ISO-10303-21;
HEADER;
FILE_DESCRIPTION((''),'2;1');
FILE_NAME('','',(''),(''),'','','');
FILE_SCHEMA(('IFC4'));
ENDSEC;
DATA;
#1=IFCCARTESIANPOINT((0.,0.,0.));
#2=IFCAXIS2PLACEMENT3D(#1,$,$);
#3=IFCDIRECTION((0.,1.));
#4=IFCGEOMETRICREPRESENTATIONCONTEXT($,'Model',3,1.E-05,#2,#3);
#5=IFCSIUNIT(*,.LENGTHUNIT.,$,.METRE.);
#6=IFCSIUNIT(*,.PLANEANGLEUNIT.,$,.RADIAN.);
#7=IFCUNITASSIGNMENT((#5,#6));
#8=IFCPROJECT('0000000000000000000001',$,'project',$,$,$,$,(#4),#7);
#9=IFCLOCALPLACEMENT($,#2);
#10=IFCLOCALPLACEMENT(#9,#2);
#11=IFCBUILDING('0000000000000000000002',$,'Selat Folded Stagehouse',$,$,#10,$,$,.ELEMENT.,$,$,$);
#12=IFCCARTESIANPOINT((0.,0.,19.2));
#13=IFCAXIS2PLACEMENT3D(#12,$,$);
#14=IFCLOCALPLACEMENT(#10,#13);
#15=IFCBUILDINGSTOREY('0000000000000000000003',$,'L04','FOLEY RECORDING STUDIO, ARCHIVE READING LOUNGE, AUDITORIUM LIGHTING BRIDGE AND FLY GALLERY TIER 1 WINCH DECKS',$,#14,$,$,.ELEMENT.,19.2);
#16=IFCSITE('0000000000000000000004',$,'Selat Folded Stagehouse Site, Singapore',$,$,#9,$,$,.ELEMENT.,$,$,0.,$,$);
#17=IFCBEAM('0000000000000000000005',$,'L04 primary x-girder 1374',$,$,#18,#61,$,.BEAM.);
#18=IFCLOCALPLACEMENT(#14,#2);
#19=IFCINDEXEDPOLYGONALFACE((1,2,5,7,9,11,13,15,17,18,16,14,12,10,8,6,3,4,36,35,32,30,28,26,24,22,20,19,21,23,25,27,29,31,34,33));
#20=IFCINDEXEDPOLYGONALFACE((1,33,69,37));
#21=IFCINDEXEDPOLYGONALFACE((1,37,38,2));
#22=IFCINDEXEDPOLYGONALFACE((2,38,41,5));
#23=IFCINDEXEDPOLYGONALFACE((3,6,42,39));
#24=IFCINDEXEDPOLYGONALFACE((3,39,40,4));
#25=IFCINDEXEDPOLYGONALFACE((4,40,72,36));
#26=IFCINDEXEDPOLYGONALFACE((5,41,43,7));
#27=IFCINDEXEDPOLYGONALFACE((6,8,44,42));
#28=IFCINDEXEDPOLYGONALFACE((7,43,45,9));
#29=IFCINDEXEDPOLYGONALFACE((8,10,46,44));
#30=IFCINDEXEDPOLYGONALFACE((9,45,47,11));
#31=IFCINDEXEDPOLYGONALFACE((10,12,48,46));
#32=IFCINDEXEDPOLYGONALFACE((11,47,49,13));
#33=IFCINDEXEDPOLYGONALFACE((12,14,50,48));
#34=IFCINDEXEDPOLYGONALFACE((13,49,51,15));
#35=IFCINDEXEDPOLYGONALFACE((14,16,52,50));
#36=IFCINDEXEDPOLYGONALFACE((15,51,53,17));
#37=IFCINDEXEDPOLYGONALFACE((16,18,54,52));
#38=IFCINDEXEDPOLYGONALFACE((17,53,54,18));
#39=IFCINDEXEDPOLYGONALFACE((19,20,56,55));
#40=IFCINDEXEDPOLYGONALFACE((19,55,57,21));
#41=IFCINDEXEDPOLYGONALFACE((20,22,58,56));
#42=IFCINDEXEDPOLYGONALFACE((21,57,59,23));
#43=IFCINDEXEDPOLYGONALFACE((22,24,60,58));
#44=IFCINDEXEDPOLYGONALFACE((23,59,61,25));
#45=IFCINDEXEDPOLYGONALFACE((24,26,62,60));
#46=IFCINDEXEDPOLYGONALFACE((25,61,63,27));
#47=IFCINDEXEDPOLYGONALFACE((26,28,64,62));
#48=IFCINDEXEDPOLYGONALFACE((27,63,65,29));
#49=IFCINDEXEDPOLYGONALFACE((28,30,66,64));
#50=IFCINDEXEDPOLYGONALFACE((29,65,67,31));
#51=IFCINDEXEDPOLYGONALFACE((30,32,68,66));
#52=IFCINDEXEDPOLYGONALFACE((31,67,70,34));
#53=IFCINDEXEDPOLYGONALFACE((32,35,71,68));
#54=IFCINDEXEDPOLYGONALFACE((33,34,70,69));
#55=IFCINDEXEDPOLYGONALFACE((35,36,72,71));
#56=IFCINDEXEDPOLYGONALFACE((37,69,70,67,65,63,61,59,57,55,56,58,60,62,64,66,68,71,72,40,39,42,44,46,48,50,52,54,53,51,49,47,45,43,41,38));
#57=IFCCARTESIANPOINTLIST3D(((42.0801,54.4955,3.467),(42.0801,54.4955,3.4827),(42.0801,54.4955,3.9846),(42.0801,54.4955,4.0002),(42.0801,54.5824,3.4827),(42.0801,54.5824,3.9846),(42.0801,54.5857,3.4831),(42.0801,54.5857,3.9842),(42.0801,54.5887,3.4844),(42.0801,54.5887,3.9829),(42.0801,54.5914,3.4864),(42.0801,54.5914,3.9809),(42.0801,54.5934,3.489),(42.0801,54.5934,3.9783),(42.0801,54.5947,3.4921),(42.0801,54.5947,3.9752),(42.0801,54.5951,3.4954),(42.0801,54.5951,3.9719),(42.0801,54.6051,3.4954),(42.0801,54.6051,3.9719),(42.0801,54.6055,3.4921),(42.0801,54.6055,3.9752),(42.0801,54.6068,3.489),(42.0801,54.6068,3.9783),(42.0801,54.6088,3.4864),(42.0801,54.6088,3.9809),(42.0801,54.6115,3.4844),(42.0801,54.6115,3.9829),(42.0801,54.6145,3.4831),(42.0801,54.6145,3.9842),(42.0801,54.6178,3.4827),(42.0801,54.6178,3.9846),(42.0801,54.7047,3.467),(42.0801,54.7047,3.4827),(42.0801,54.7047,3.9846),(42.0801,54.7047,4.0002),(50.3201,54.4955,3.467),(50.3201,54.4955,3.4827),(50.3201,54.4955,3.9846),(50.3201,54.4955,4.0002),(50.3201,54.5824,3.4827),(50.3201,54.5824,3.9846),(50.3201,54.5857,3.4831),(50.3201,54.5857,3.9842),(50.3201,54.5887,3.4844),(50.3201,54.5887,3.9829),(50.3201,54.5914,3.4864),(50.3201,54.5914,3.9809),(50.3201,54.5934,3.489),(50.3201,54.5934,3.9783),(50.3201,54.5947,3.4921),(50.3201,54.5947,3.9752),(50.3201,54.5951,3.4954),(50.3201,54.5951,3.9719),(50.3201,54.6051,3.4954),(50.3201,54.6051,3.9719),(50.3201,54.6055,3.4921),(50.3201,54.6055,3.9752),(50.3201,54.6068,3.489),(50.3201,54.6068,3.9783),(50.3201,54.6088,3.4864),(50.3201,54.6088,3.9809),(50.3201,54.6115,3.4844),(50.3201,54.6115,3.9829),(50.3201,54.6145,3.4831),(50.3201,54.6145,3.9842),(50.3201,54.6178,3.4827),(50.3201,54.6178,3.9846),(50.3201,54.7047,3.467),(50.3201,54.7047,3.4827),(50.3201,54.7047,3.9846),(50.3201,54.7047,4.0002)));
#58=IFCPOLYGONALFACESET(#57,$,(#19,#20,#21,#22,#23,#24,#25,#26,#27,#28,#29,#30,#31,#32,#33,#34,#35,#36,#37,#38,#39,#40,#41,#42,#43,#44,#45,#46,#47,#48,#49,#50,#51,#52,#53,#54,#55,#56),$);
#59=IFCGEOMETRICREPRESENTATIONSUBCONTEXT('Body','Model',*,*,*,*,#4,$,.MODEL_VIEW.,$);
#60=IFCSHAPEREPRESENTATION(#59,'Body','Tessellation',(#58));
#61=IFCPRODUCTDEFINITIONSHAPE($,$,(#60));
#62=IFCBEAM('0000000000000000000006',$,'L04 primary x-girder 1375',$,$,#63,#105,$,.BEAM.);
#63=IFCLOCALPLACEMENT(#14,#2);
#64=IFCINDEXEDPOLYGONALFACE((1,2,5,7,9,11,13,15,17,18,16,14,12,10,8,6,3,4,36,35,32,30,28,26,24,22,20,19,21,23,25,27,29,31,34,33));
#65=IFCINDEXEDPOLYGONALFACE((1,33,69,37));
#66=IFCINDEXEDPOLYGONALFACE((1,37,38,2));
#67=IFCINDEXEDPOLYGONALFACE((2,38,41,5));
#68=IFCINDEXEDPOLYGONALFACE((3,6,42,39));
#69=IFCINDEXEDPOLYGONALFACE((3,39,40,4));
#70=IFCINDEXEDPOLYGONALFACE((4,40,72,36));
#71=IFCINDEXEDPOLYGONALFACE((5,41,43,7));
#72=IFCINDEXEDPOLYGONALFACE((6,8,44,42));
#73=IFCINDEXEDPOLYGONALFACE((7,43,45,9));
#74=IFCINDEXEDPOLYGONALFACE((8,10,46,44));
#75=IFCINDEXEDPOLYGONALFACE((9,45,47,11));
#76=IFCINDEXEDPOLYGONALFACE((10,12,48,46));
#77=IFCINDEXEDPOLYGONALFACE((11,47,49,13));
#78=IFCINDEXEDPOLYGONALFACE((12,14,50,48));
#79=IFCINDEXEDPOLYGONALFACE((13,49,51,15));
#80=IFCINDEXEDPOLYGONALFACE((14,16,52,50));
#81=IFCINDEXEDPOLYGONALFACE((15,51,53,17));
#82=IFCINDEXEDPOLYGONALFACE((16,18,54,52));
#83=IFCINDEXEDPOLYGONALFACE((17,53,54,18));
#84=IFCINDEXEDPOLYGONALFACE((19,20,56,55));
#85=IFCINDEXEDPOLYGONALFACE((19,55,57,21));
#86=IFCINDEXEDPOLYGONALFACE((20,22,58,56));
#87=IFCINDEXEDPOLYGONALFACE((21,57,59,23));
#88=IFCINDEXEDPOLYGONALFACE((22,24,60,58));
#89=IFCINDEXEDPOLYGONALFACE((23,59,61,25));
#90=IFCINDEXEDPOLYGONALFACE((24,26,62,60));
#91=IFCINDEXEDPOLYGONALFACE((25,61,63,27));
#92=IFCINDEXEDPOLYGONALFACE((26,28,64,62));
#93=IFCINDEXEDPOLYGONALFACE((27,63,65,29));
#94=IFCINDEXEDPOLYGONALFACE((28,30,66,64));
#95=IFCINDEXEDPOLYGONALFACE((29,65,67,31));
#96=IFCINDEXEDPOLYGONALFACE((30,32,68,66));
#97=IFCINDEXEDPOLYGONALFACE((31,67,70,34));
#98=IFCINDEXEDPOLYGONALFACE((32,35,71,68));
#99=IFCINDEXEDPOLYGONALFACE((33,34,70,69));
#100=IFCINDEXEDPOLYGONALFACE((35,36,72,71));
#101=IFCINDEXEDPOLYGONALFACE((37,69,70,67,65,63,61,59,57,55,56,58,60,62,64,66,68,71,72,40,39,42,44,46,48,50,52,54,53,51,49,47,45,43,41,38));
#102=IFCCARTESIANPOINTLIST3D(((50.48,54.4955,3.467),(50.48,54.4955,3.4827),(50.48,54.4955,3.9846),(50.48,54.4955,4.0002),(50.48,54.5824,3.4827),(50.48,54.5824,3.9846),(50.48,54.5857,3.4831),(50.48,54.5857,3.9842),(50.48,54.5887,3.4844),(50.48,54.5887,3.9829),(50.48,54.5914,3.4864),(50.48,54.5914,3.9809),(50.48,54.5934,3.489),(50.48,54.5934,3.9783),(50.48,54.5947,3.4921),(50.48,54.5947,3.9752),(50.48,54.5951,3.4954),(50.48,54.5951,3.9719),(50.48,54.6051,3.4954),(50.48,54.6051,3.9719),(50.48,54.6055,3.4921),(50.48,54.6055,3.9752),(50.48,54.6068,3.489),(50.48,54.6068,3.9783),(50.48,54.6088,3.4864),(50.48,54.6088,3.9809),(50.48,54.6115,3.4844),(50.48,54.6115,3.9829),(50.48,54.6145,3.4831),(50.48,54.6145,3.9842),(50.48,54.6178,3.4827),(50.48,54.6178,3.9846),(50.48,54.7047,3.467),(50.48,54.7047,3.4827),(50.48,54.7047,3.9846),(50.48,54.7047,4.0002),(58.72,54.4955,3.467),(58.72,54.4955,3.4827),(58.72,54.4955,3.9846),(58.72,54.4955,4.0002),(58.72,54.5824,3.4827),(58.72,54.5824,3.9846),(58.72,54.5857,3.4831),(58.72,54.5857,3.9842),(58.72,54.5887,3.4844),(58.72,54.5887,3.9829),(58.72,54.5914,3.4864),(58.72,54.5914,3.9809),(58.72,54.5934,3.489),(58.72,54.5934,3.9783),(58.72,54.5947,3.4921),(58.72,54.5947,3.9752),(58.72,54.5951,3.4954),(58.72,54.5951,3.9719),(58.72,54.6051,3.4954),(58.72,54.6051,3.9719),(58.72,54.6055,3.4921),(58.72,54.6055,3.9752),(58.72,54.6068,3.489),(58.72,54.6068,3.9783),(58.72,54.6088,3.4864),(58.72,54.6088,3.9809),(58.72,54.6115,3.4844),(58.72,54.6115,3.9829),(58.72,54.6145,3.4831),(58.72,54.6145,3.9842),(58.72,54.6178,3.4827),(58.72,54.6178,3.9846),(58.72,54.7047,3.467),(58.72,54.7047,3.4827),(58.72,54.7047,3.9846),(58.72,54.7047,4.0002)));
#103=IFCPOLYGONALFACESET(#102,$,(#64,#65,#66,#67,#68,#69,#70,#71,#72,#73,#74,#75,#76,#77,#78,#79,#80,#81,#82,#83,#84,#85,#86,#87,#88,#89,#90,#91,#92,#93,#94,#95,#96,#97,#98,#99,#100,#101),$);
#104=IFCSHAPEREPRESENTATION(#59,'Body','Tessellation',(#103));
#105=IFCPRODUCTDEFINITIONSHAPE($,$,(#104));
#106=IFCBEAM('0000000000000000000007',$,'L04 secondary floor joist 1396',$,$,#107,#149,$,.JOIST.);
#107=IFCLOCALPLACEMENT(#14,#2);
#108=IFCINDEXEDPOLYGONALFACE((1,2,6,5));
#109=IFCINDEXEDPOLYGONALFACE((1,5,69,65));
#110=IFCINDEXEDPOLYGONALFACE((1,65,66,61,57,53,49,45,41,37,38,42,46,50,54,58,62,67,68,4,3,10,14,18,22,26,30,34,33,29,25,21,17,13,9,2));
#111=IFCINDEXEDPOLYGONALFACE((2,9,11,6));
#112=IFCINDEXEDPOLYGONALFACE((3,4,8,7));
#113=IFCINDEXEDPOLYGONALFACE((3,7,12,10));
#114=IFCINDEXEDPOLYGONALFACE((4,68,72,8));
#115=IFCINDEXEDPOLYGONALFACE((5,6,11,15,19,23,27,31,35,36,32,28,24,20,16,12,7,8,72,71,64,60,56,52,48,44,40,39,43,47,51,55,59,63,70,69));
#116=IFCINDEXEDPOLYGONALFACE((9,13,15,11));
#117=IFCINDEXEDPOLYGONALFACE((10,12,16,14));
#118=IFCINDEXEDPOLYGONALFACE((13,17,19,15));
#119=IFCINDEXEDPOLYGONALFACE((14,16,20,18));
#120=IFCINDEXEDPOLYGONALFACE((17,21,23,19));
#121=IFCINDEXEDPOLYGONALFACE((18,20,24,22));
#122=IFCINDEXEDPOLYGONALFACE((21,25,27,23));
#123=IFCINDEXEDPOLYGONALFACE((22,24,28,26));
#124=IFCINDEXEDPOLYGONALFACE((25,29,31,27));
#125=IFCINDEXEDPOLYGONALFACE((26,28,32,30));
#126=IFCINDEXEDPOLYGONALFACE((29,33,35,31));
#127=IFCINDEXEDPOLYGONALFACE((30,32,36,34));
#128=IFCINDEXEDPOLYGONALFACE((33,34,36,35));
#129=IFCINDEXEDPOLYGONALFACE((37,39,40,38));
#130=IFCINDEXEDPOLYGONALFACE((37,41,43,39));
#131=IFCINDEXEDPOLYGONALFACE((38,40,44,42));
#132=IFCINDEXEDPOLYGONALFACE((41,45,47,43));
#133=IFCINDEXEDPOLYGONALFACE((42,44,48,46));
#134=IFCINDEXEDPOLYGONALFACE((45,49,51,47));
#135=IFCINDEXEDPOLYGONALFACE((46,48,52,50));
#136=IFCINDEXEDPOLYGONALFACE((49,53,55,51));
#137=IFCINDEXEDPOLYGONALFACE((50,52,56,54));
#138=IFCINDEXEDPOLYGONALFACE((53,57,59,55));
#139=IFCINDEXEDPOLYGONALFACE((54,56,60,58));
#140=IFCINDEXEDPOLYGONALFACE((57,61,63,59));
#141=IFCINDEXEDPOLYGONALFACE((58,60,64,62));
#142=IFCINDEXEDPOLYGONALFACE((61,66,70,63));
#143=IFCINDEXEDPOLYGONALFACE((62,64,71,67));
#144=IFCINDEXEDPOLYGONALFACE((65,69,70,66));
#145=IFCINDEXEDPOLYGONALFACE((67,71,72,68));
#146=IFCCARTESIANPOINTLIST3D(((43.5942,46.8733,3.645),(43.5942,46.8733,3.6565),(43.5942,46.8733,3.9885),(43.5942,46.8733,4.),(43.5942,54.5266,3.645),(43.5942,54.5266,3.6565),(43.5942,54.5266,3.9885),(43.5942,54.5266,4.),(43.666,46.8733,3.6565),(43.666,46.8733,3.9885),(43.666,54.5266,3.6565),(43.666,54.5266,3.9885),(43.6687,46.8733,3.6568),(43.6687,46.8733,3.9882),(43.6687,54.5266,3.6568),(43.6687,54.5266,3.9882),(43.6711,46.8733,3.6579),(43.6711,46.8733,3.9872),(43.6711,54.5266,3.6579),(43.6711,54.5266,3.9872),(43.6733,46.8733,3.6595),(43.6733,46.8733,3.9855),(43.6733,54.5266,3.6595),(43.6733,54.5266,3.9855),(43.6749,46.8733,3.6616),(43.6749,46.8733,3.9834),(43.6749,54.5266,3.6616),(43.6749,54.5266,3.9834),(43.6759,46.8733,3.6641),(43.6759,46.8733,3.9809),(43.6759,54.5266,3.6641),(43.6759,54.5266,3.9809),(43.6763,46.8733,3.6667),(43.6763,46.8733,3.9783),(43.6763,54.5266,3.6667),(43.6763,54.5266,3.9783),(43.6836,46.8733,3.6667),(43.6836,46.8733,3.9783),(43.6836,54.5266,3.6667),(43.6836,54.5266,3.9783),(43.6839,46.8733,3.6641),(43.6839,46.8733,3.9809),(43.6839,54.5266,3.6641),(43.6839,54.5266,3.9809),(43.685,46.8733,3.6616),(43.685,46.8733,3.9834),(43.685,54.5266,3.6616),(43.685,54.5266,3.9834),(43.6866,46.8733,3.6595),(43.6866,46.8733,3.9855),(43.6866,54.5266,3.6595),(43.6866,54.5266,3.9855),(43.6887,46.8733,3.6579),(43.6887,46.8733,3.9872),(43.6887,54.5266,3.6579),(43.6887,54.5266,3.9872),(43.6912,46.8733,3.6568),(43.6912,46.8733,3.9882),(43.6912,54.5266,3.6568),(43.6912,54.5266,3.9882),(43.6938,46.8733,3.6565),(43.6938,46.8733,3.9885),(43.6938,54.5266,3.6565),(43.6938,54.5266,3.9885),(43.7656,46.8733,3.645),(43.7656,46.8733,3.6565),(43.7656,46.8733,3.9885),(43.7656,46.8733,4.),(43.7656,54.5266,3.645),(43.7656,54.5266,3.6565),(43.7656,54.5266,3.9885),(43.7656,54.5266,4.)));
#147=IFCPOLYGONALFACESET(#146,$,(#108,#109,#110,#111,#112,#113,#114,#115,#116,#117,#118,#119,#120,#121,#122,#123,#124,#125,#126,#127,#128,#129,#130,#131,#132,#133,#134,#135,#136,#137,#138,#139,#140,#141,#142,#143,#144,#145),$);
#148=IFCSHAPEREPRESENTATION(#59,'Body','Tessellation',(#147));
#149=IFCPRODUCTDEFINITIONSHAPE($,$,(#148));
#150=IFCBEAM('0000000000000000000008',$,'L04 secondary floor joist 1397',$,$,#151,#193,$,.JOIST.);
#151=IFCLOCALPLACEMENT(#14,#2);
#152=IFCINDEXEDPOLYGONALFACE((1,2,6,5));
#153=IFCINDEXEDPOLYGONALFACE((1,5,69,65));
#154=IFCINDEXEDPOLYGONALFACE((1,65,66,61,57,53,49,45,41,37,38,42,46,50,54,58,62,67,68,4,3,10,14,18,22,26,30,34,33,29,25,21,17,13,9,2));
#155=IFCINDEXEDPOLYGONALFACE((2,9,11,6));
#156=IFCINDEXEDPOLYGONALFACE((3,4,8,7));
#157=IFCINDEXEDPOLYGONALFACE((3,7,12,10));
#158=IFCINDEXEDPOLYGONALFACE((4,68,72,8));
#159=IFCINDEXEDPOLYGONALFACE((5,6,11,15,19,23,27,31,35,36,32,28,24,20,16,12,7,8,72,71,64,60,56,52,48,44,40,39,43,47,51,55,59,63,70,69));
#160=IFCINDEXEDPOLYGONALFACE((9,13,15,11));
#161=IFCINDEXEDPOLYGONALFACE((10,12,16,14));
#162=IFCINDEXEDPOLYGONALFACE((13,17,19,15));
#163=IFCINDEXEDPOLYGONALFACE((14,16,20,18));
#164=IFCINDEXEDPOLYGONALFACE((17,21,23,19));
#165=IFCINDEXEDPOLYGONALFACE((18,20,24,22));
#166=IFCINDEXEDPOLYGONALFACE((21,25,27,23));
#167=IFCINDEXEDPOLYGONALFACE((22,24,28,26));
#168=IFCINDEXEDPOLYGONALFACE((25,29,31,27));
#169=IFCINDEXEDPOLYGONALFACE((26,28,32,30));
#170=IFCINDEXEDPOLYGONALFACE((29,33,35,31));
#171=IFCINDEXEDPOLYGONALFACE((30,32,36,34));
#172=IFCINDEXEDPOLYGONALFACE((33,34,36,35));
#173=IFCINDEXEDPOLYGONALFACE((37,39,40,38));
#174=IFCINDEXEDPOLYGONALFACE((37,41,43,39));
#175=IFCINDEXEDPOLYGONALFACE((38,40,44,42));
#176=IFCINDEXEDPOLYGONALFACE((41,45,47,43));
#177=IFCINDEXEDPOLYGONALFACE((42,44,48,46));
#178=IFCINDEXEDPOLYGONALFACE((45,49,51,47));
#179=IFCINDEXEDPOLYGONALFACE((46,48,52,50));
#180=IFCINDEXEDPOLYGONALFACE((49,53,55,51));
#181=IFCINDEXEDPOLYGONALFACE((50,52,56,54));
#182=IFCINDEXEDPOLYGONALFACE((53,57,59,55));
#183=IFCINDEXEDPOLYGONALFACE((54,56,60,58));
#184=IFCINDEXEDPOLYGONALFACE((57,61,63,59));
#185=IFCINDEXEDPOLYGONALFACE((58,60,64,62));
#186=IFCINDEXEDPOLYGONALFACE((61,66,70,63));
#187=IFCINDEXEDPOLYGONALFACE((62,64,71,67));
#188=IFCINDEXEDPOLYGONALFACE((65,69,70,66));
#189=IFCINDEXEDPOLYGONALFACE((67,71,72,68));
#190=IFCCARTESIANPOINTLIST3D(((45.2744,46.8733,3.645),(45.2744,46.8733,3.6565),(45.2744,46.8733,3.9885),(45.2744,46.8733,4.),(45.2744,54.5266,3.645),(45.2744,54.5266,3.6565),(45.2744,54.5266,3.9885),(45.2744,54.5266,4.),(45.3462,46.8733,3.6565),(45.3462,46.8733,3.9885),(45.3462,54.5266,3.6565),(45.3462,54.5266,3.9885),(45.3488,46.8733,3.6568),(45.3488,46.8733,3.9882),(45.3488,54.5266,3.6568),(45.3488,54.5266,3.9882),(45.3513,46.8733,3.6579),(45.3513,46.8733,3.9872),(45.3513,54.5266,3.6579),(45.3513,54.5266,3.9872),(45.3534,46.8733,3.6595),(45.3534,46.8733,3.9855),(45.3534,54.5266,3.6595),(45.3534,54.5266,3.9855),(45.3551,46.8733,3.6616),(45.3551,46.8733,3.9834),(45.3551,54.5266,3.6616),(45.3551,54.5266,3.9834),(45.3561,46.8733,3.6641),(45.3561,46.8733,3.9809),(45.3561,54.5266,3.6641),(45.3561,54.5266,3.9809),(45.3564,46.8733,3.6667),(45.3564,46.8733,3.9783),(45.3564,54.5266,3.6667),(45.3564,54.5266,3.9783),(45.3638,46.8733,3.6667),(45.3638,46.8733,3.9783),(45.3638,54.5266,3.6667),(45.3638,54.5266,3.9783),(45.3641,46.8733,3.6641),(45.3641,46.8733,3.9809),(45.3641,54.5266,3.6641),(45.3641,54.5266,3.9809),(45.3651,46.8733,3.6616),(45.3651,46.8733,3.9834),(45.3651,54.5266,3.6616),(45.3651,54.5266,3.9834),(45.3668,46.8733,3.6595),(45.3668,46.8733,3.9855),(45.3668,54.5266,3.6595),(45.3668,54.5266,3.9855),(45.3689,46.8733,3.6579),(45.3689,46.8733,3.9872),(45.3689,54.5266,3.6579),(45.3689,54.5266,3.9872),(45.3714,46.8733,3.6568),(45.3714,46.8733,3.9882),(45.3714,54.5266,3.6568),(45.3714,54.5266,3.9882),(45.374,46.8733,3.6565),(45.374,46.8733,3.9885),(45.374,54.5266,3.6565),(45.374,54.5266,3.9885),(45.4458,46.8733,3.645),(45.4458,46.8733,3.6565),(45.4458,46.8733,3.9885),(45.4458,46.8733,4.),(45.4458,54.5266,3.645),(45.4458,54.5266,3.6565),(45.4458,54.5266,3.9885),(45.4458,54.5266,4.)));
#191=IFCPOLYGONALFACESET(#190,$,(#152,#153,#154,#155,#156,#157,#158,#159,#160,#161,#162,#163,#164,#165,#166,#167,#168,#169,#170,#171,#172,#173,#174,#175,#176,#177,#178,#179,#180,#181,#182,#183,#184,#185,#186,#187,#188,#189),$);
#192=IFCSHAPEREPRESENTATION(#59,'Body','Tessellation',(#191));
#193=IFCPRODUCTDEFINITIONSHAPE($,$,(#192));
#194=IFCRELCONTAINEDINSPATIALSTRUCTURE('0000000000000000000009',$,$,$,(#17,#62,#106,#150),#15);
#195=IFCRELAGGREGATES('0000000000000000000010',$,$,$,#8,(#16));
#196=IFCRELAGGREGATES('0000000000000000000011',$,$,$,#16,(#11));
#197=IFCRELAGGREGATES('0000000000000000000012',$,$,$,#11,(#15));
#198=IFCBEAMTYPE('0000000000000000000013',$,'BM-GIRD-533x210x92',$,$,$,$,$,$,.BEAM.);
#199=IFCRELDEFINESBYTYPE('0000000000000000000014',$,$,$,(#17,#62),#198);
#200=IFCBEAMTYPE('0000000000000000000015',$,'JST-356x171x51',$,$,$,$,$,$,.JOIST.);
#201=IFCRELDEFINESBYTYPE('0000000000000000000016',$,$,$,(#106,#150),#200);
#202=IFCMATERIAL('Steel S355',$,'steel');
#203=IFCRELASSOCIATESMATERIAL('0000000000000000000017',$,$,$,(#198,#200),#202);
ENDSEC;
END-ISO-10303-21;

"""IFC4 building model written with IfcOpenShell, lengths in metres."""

from ifc_helpers import new_model, si_unit, direction, frame, origin, origin_2d, place, context, subcontext, project, spatial, i_section, extrude, material, material_profile, profile_set, type_object, element, save


model = new_model("IFC4")

# Units and contexts
model_context = context("Model", 3, precision=1e-05, world=origin(), true_north=direction((0.0, 1.0)))
body_context = subcontext(model_context, "Body", "Model", "MODEL_VIEW")
ifc_project = project(units=[si_unit("LENGTHUNIT", "METRE"), si_unit("PLANEANGLEUNIT", "RADIAN")], contexts=[model_context])

# Site, building, storey
site_placement = place(None, origin())
site = spatial("IfcSite", under=ifc_project, at=site_placement, Name="Selat Folded Stagehouse Site, Singapore", CompositionType="ELEMENT", RefElevation=0.0)
building_placement = place(site_placement, origin())
building = spatial("IfcBuilding", under=site, at=building_placement, Name="Selat Folded Stagehouse", CompositionType="ELEMENT")
storey_placement = place(building_placement, frame((0.0, 0.0, 19.2)))
storey = spatial("IfcBuildingStorey", under=building, at=storey_placement, Name="L04", Description="FOLEY RECORDING STUDIO, ARCHIVE READING LOUNGE, AUDITORIUM LIGHTING BRIDGE AND FLY GALLERY TIER 1 WINCH DECKS", CompositionType="ELEMENT", Elevation=19.2)

# Shared definitions
ifc_material_1 = material(Name="Steel S355", Category="steel")

# Beams
ifc_material_profile_1 = material_profile(ifc_material_1, i_section(OverallWidth=0.2092, OverallDepth=0.5332, WebThickness=0.01, FlangeThickness=0.0156, FilletRadius=0.0127, at=origin_2d()), Name="UKB 533x210x92")
ifc_profile_set_1 = profile_set([ifc_material_profile_1], Name="Steel S355")
beam_type_1 = type_object("IfcBeamType", Name="BM-GIRD-533x210x92", PredefinedType="BEAM", material=ifc_profile_set_1)
for number, where, z_axis, x_axis, name in (
    (1, (42.0801, 54.6001, 3.7336), (1.0, 0.0, 0.0), (0.0, 1.0, 0.0), "L04 primary x-girder 1374"),
    (2, (50.48, 54.6001, 3.7336), (1.0, 0.0, 0.0), (0.0, 1.0, 0.0), "L04 primary x-girder 1375"),
):
    element("IfcBeam", number, at=place(storey_placement, frame(where, z_axis=z_axis, x_axis=x_axis)), inside=storey, type_object=beam_type_1, Name=name, PredefinedType="BEAM", context=body_context, shape_type="SweptSolid", body=[
        extrude(i_section(OverallWidth=0.2092, OverallDepth=0.5332, WebThickness=0.01, FlangeThickness=0.0156, FilletRadius=0.0127, at=origin_2d()), origin(), (0.0, 0.0, 1.0), 8.24),
    ])
ifc_material_profile_2 = material_profile(ifc_material_1, i_section(OverallWidth=0.1714, OverallDepth=0.355, WebThickness=0.0073, FlangeThickness=0.0115, FilletRadius=0.0103, at=origin_2d()), Name="UKB 356x171x51")
ifc_profile_set_2 = profile_set([ifc_material_profile_2], Name="Steel S355")
beam_type_2 = type_object("IfcBeamType", Name="JST-356x171x51", PredefinedType="JOIST", material=ifc_profile_set_2)
for number, where, z_axis, x_axis, name in (
    (3, (43.6799, 46.8733, 3.8225), (0.0, 1.0, 0.0), (-1.0, 0.0, 0.0), "L04 secondary floor joist 1396"),
    (4, (45.3601, 46.8733, 3.8225), (0.0, 1.0, 0.0), (-1.0, 0.0, 0.0), "L04 secondary floor joist 1397"),
):
    element("IfcBeam", number, at=place(storey_placement, frame(where, z_axis=z_axis, x_axis=x_axis)), inside=storey, type_object=beam_type_2, Name=name, PredefinedType="JOIST", context=body_context, shape_type="SweptSolid", body=[
        extrude(i_section(OverallWidth=0.1714, OverallDepth=0.355, WebThickness=0.0073, FlangeThickness=0.0115, FilletRadius=0.0103, at=origin_2d()), origin(), (0.0, 0.0, 1.0), 7.6533),
    ])

save(model, "model.ifc")
